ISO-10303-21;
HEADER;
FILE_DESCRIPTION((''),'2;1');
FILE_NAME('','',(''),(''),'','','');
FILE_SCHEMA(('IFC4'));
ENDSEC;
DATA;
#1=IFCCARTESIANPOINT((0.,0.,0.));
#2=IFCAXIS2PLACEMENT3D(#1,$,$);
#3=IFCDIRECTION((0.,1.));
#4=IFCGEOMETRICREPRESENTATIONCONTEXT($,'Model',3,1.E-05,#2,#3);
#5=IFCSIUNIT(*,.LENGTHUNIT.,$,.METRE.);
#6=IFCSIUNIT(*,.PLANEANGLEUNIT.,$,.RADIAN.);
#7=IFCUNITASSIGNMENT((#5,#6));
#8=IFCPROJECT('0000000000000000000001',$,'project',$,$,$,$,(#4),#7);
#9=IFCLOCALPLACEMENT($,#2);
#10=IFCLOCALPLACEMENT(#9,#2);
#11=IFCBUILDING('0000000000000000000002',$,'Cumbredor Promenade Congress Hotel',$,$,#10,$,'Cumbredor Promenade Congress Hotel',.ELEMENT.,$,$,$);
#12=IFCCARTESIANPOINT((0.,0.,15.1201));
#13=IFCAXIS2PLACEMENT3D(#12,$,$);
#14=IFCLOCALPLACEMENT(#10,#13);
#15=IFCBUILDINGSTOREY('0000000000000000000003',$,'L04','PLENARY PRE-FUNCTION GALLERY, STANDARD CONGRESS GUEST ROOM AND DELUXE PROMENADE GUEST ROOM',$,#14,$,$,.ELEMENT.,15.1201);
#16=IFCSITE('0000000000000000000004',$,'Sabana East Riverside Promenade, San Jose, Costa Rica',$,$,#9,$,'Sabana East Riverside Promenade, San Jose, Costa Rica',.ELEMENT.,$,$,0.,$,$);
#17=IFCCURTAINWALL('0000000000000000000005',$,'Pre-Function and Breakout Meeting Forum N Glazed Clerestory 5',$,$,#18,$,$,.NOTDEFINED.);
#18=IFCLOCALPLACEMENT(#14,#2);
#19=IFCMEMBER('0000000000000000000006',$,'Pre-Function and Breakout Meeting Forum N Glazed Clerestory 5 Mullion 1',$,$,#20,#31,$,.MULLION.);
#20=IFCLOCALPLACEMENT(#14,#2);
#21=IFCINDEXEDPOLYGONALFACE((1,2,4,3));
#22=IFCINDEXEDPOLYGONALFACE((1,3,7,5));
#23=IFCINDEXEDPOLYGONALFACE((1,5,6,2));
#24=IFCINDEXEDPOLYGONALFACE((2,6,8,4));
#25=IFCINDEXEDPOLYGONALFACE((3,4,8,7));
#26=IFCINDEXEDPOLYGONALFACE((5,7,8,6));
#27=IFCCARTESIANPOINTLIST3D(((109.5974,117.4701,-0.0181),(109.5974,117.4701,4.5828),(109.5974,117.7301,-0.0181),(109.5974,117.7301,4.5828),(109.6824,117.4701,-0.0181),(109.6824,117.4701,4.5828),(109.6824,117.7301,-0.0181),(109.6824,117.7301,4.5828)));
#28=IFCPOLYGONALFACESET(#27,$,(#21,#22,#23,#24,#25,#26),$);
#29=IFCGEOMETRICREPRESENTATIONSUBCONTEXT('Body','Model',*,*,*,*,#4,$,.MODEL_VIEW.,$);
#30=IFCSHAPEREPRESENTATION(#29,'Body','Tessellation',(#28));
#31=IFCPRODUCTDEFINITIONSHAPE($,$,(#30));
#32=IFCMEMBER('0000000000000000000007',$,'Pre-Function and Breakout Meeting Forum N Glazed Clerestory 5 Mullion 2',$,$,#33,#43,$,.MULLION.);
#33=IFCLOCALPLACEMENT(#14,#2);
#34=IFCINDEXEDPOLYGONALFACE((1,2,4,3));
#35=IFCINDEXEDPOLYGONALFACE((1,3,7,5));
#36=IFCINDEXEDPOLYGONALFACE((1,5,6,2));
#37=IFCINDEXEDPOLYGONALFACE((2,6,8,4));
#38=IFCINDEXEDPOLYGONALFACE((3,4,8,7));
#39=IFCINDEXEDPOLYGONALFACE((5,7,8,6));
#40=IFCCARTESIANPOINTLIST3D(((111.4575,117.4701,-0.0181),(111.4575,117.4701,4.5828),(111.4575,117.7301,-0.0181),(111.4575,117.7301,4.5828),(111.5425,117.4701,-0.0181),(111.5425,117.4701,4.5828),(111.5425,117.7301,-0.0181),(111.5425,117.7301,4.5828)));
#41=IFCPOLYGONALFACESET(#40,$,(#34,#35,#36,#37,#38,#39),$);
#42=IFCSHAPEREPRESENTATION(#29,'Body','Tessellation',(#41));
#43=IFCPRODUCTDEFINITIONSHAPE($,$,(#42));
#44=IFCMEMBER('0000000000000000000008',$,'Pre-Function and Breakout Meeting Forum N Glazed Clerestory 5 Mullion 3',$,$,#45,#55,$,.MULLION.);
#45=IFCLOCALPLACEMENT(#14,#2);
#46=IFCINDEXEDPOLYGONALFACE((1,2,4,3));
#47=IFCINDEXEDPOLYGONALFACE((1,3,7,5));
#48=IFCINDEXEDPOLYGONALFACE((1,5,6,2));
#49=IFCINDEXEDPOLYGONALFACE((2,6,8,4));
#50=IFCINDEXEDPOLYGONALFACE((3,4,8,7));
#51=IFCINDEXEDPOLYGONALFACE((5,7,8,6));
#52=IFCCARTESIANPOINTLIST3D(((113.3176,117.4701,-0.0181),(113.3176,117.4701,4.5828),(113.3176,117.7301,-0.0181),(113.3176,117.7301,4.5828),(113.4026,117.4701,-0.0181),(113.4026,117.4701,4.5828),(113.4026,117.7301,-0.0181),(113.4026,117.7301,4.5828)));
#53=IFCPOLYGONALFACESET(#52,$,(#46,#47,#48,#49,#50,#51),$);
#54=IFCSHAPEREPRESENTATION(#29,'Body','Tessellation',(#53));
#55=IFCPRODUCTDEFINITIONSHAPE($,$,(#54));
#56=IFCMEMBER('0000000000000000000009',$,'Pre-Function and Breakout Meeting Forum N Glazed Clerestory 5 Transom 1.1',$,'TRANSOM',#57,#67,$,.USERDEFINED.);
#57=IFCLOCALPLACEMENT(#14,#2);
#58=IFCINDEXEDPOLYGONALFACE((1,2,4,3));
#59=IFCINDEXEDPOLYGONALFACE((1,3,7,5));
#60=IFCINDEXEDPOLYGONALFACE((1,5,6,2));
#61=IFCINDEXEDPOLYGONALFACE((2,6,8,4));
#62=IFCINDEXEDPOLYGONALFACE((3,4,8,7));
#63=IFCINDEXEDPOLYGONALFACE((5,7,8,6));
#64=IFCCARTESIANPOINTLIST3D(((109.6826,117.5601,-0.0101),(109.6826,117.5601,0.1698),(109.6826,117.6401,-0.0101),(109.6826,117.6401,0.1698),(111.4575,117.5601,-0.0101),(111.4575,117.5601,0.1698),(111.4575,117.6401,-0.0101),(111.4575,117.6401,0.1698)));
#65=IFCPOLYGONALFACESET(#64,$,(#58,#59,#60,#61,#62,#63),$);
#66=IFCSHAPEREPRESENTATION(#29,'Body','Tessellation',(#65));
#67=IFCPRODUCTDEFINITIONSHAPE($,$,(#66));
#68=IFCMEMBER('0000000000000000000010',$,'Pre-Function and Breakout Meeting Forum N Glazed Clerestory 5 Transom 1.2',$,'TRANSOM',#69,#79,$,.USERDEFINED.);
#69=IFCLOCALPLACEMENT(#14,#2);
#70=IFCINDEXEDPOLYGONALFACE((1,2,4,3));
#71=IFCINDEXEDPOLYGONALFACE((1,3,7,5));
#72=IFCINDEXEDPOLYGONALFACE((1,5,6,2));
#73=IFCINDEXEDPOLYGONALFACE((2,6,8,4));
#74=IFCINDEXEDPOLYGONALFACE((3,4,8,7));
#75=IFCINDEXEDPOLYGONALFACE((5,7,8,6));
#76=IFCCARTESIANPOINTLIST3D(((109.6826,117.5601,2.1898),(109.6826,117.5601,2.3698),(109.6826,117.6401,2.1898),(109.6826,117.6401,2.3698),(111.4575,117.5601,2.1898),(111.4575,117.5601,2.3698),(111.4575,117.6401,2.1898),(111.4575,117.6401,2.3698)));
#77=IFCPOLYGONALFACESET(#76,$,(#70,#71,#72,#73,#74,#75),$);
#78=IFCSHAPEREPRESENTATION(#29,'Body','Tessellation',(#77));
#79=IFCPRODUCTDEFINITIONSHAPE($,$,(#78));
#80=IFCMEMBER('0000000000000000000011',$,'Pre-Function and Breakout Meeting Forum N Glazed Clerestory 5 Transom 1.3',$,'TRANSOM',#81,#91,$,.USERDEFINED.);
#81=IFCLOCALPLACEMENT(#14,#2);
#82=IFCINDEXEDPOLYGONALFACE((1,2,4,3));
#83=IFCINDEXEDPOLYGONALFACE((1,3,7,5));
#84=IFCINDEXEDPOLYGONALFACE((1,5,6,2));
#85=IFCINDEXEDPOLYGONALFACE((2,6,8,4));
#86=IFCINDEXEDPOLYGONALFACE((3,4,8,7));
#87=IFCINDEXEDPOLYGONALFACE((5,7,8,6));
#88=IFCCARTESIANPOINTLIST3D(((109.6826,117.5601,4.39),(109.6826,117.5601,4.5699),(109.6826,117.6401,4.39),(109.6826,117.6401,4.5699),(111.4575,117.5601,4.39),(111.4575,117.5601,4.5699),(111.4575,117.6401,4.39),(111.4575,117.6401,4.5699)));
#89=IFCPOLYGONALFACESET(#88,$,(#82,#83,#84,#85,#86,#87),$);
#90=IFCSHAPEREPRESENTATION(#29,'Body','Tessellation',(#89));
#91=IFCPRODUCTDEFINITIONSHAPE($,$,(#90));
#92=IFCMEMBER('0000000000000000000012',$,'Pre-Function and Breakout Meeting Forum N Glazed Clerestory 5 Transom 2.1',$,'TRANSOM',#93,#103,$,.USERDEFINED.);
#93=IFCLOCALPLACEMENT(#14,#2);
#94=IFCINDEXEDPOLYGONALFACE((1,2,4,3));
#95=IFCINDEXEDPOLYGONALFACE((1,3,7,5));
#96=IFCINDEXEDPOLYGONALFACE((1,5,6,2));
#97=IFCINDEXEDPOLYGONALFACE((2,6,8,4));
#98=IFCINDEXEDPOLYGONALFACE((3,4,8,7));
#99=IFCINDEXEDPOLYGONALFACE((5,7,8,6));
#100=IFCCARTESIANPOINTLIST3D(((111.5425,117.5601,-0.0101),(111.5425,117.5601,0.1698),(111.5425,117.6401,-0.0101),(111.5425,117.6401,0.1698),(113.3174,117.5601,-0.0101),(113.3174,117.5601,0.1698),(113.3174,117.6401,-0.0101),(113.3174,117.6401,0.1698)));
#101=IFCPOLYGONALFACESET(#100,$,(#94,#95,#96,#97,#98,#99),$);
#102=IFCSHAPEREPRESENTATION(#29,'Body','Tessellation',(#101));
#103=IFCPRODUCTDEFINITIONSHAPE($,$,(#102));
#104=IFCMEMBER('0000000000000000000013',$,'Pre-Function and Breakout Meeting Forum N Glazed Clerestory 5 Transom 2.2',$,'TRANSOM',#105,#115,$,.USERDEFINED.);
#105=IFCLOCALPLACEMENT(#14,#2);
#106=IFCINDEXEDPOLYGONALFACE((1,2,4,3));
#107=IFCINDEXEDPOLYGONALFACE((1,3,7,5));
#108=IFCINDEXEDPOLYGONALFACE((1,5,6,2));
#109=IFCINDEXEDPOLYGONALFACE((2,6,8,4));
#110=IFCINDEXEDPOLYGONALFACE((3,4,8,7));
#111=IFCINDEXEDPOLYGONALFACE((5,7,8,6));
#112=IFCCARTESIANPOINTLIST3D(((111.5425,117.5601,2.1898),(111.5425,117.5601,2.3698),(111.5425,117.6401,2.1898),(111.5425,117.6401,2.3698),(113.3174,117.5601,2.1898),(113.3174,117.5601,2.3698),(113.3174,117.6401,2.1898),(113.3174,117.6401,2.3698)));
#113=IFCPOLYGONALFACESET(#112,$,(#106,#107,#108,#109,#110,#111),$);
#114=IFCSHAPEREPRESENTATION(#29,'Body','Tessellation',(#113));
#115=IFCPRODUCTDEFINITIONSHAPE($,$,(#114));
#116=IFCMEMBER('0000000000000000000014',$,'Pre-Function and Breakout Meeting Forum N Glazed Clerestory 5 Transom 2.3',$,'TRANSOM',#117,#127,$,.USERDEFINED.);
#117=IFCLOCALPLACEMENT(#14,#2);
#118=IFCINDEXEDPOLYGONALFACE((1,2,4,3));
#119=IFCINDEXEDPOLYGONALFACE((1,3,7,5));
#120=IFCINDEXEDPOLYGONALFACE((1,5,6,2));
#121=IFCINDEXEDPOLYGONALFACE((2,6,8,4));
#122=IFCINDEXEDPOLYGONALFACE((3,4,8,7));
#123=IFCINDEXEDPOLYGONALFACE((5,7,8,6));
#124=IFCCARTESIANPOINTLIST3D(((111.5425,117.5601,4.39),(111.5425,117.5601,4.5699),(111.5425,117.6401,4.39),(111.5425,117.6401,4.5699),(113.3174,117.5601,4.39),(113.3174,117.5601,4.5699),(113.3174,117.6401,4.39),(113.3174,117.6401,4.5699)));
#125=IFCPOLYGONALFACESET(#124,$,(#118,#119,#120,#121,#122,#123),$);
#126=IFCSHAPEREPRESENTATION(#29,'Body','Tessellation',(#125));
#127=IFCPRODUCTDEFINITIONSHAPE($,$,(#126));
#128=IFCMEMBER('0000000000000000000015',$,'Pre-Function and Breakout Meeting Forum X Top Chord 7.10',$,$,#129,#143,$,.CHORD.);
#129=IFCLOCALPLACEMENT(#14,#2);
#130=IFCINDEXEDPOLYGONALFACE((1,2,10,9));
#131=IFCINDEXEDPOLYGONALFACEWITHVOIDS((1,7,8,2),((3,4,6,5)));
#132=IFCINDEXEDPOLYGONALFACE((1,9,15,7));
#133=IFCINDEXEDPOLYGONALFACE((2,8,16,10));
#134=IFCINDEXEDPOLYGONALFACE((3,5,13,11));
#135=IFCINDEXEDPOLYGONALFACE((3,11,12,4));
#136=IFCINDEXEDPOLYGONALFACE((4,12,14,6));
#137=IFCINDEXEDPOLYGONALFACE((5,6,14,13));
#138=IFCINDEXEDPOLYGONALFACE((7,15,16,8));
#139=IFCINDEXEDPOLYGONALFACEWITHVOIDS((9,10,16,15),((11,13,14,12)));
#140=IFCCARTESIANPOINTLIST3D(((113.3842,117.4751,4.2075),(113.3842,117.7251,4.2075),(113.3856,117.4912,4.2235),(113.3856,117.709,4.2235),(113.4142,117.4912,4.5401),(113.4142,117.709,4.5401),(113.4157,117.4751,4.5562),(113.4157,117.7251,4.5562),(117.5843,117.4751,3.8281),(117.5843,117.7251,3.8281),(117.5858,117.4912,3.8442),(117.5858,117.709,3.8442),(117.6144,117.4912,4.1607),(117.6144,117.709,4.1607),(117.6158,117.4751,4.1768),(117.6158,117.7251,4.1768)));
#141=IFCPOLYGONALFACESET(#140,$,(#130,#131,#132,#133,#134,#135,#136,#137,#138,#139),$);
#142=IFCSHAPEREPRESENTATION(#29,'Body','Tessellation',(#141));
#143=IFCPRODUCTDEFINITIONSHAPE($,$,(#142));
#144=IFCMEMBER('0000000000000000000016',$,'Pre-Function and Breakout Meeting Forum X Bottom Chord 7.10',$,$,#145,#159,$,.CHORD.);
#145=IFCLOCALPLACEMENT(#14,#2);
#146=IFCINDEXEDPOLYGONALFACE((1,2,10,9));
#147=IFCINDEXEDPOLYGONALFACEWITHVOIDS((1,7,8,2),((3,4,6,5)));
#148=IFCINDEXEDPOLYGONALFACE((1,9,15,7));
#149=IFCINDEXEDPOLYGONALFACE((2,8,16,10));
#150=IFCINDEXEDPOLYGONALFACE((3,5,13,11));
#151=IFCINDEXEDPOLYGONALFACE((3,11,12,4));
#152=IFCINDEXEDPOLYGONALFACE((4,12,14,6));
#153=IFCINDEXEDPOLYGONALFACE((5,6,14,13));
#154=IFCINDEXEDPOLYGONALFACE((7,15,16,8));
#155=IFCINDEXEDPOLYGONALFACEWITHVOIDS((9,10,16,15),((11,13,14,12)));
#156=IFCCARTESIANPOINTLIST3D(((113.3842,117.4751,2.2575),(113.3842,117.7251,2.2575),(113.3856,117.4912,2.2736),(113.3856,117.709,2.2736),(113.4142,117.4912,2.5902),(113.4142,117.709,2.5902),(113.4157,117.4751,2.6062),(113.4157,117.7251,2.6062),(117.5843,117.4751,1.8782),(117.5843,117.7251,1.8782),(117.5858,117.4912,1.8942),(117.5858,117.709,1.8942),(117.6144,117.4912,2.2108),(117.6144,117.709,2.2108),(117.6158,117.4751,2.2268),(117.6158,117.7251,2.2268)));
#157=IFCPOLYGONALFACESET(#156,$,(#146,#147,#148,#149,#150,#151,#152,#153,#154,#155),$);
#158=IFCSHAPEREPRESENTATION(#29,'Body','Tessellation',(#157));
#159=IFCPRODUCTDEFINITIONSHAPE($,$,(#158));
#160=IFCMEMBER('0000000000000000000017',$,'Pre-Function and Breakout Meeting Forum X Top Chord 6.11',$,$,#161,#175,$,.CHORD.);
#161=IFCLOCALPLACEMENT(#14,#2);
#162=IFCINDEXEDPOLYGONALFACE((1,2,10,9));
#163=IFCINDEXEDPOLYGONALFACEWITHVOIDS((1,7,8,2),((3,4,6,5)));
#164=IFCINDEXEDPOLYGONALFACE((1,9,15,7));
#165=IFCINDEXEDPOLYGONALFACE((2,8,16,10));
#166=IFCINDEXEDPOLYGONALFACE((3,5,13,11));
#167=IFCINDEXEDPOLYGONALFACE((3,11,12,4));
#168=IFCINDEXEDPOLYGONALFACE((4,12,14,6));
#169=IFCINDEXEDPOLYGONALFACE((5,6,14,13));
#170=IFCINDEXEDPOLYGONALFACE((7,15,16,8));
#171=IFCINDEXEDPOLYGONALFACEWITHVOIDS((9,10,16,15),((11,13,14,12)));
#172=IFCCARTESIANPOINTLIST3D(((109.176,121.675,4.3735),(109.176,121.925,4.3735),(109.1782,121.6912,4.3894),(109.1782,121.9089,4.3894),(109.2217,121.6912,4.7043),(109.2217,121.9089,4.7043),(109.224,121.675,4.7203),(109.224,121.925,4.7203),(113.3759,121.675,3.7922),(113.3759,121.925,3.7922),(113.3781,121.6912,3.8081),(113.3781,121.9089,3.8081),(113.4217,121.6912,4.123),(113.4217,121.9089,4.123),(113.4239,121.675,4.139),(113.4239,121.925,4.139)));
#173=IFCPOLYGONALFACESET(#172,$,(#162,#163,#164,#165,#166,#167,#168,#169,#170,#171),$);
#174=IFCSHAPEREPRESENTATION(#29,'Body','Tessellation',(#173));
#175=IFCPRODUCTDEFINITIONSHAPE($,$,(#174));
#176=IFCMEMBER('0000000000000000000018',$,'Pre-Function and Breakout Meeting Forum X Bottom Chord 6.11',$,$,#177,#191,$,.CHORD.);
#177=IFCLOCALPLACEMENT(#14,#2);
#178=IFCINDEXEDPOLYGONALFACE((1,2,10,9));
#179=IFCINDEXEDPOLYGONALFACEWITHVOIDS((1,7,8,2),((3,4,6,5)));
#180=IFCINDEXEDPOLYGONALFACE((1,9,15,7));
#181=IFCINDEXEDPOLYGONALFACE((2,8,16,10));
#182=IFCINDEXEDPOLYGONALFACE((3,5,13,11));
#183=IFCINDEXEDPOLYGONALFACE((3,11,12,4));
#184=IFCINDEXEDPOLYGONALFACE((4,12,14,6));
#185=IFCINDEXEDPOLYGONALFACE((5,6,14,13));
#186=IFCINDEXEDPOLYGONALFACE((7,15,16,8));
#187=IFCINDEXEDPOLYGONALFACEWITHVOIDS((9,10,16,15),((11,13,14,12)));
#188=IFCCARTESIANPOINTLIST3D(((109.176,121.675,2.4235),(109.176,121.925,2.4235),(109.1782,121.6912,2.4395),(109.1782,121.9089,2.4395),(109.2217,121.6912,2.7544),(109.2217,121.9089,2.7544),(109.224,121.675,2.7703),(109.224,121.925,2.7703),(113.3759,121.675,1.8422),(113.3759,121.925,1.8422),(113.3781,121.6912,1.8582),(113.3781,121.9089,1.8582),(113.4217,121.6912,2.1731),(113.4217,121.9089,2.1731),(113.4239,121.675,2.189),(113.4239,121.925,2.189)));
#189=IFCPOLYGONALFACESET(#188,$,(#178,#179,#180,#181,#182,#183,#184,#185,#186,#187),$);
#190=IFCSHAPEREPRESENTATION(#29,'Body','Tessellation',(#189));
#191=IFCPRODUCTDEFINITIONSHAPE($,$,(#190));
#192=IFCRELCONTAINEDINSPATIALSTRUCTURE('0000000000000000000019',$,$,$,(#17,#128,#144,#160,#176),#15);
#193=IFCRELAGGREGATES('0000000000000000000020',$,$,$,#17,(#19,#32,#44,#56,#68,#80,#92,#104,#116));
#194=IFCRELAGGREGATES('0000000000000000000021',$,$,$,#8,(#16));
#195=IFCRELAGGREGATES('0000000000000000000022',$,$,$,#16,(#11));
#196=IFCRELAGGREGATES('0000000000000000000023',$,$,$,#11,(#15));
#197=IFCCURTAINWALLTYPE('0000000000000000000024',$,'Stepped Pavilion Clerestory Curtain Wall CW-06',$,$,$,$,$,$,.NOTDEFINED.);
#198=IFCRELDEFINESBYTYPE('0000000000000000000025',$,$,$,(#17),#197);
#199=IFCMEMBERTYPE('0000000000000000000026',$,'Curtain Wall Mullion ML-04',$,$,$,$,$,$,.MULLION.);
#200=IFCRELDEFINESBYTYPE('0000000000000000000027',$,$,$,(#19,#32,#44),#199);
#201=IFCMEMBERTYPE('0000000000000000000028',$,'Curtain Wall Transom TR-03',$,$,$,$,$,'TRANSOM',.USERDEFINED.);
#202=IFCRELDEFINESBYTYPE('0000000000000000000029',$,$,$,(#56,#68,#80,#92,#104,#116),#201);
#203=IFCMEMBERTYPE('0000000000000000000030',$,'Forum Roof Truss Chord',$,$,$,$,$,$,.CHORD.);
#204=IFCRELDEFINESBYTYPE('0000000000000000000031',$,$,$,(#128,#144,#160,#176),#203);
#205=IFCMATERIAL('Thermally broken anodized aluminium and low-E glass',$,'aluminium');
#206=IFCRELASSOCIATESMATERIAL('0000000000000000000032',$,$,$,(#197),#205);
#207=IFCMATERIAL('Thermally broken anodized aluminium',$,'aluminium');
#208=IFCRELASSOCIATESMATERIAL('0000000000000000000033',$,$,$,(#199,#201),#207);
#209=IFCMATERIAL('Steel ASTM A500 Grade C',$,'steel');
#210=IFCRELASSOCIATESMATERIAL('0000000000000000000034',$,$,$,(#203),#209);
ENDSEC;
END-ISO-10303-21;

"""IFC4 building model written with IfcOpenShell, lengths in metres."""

from ifc_helpers import new_model, si_unit, direction, frame, origin, origin_2d, place, context, subcontext, project, spatial, rectangle, hollow_rectangle, extrude, material, material_profile, profile_set, type_object, element, aggregate, save


model = new_model("IFC4")

# Units and contexts
model_context = context("Model", 3, precision=1e-05, world=origin(), true_north=direction((0.0, 1.0)))
body_context = subcontext(model_context, "Body", "Model", "MODEL_VIEW")
ifc_project = project(units=[si_unit("LENGTHUNIT", "METRE"), si_unit("PLANEANGLEUNIT", "RADIAN")], contexts=[model_context])

# Site, building, storey
site_placement = place(None, origin())
site = spatial("IfcSite", under=ifc_project, at=site_placement, Name="Sabana East Riverside Promenade, San Jose, Costa Rica", LongName="Sabana East Riverside Promenade, San Jose, Costa Rica", CompositionType="ELEMENT", RefElevation=0.0)
building_placement = place(site_placement, origin())
building = spatial("IfcBuilding", under=site, at=building_placement, Name="Cumbredor Promenade Congress Hotel", LongName="Cumbredor Promenade Congress Hotel", CompositionType="ELEMENT")
storey_placement = place(building_placement, frame((0.0, 0.0, 15.1201)))
storey = spatial("IfcBuildingStorey", under=building, at=storey_placement, Name="L04", Description="PLENARY PRE-FUNCTION GALLERY, STANDARD CONGRESS GUEST ROOM AND DELUXE PROMENADE GUEST ROOM", CompositionType="ELEMENT", Elevation=15.1201)

# Curtain wall, members
ifc_material_1 = material(Name="Thermally broken anodized aluminium and low-E glass", Category="aluminium")
curtain_wall_type = type_object("IfcCurtainWallType", Name="Stepped Pavilion Clerestory Curtain Wall CW-06", PredefinedType="NOTDEFINED", material=ifc_material_1)
curtain_wall_placement = place(storey_placement, origin())
curtain_wall = element("IfcCurtainWall", 1, at=curtain_wall_placement, inside=storey, type_object=curtain_wall_type, Name="Pre-Function and Breakout Meeting Forum N Glazed Clerestory 5", PredefinedType="NOTDEFINED")
ifc_material_2 = material(Name="Thermally broken anodized aluminium", Category="aluminium")
ifc_material_profile_1 = material_profile(ifc_material_2, rectangle(XDim=0.085, YDim=0.26, at=origin_2d()), Name="ALU MULLION CLERESTORY 85x260")
ifc_profile_set_1 = profile_set([ifc_material_profile_1], Name="Thermally broken anodized aluminium")
member_type_1 = type_object("IfcMemberType", Name="Curtain Wall Mullion ML-04", PredefinedType="MULLION", material=ifc_profile_set_1)
member_1_placement = place(storey_placement, frame((109.6399, 117.6001, -0.0181), z_axis=(0.0, 0.0, 1.0), x_axis=(1.0, 0.0, 0.0)))
member_1 = element("IfcMember", 2, at=member_1_placement, type_object=member_type_1, Name="Pre-Function and Breakout Meeting Forum N Glazed Clerestory 5 Mullion 1", PredefinedType="MULLION", context=body_context, shape_type="SweptSolid", body=[
    extrude(rectangle(XDim=0.085, YDim=0.26, at=origin_2d()), origin(), (0.0, 0.0, 1.0), 4.6008),
])
member_2_placement = place(storey_placement, frame((111.5, 117.6001, -0.0181), z_axis=(0.0, 0.0, 1.0), x_axis=(1.0, 0.0, 0.0)))
member_2 = element("IfcMember", 3, at=member_2_placement, type_object=member_type_1, Name="Pre-Function and Breakout Meeting Forum N Glazed Clerestory 5 Mullion 2", PredefinedType="MULLION", context=body_context, shape_type="SweptSolid", body=[
    extrude(rectangle(XDim=0.085, YDim=0.26, at=origin_2d()), origin(), (0.0, 0.0, 1.0), 4.6008),
])
member_3_placement = place(storey_placement, frame((113.3601, 117.6001, -0.0181), z_axis=(0.0, 0.0, 1.0), x_axis=(1.0, 0.0, 0.0)))
member_3 = element("IfcMember", 4, at=member_3_placement, type_object=member_type_1, Name="Pre-Function and Breakout Meeting Forum N Glazed Clerestory 5 Mullion 3", PredefinedType="MULLION", context=body_context, shape_type="SweptSolid", body=[
    extrude(rectangle(XDim=0.085, YDim=0.26, at=origin_2d()), origin(), (0.0, 0.0, 1.0), 4.6008),
])
ifc_material_profile_2 = material_profile(ifc_material_2, rectangle(XDim=0.0801, YDim=0.1799, at=origin_2d()), Name="ALU TRANSOM 80x180")
ifc_profile_set_2 = profile_set([ifc_material_profile_2], Name="Thermally broken anodized aluminium")
member_type_2 = type_object("IfcMemberType", Name="Curtain Wall Transom TR-03", ElementType="TRANSOM", PredefinedType="USERDEFINED", material=ifc_profile_set_2)
member_4_placement = place(storey_placement, frame((109.6826, 117.6001, 0.0798), z_axis=(1.0, 0.0, 0.0), x_axis=(0.0, 1.0, 0.0)))
member_4 = element("IfcMember", 5, at=member_4_placement, type_object=member_type_2, Name="Pre-Function and Breakout Meeting Forum N Glazed Clerestory 5 Transom 1.1", ObjectType="TRANSOM", PredefinedType="USERDEFINED", context=body_context, shape_type="SweptSolid", body=[
    extrude(rectangle(XDim=0.0801, YDim=0.1799, at=origin_2d()), origin(), (0.0, 0.0, 1.0), 1.7749),
])
member_5_placement = place(storey_placement, frame((109.6826, 117.6001, 2.2798), z_axis=(1.0, 0.0, 0.0), x_axis=(0.0, 1.0, 0.0)))
member_5 = element("IfcMember", 6, at=member_5_placement, type_object=member_type_2, Name="Pre-Function and Breakout Meeting Forum N Glazed Clerestory 5 Transom 1.2", ObjectType="TRANSOM", PredefinedType="USERDEFINED", context=body_context, shape_type="SweptSolid", body=[
    extrude(rectangle(XDim=0.0801, YDim=0.1799, at=origin_2d()), origin(), (0.0, 0.0, 1.0), 1.7749),
])
member_6_placement = place(storey_placement, frame((109.6826, 117.6001, 4.48), z_axis=(1.0, 0.0, 0.0), x_axis=(0.0, 1.0, 0.0)))
member_6 = element("IfcMember", 7, at=member_6_placement, type_object=member_type_2, Name="Pre-Function and Breakout Meeting Forum N Glazed Clerestory 5 Transom 1.3", ObjectType="TRANSOM", PredefinedType="USERDEFINED", context=body_context, shape_type="SweptSolid", body=[
    extrude(rectangle(XDim=0.0801, YDim=0.1799, at=origin_2d()), origin(), (0.0, 0.0, 1.0), 1.7749),
])
member_7_placement = place(storey_placement, frame((111.5425, 117.6001, 0.0798), z_axis=(1.0, 0.0, 0.0), x_axis=(0.0, 1.0, 0.0)))
member_7 = element("IfcMember", 8, at=member_7_placement, type_object=member_type_2, Name="Pre-Function and Breakout Meeting Forum N Glazed Clerestory 5 Transom 2.1", ObjectType="TRANSOM", PredefinedType="USERDEFINED", context=body_context, shape_type="SweptSolid", body=[
    extrude(rectangle(XDim=0.0801, YDim=0.1799, at=origin_2d()), origin(), (0.0, 0.0, 1.0), 1.7749),
])
member_8_placement = place(storey_placement, frame((111.5425, 117.6001, 2.2798), z_axis=(1.0, 0.0, 0.0), x_axis=(0.0, 1.0, 0.0)))
member_8 = element("IfcMember", 9, at=member_8_placement, type_object=member_type_2, Name="Pre-Function and Breakout Meeting Forum N Glazed Clerestory 5 Transom 2.2", ObjectType="TRANSOM", PredefinedType="USERDEFINED", context=body_context, shape_type="SweptSolid", body=[
    extrude(rectangle(XDim=0.0801, YDim=0.1799, at=origin_2d()), origin(), (0.0, 0.0, 1.0), 1.7749),
])
member_9_placement = place(storey_placement, frame((111.5425, 117.6001, 4.48), z_axis=(1.0, 0.0, 0.0), x_axis=(0.0, 1.0, 0.0)))
member_9 = element("IfcMember", 10, at=member_9_placement, type_object=member_type_2, Name="Pre-Function and Breakout Meeting Forum N Glazed Clerestory 5 Transom 2.3", ObjectType="TRANSOM", PredefinedType="USERDEFINED", context=body_context, shape_type="SweptSolid", body=[
    extrude(rectangle(XDim=0.0801, YDim=0.1799, at=origin_2d()), origin(), (0.0, 0.0, 1.0), 1.7749),
])

# Members
ifc_material_3 = material(Name="Steel ASTM A500 Grade C", Category="steel")
ifc_material_profile_3 = material_profile(ifc_material_3, hollow_rectangle(XDim=0.25, YDim=0.3501, WallThickness=0.0161, at=origin_2d()), Name="HSS 350x250x16")
ifc_profile_set_3 = profile_set([ifc_material_profile_3], Name="Steel ASTM A500 Grade C")
member_type_3 = type_object("IfcMemberType", Name="Forum Roof Truss Chord", PredefinedType="CHORD", material=ifc_profile_set_3)
for number, where, z_axis, x_axis, name in (
    (11, (113.3999, 117.6001, 4.3818), (0.995945, 0.0, -0.089962), (0.0, 1.0, 0.0), "Pre-Function and Breakout Meeting Forum X Top Chord 7.10"),
    (12, (113.3999, 117.6001, 2.4319), (0.995945, 0.0, -0.089962), (0.0, 1.0, 0.0), "Pre-Function and Breakout Meeting Forum X Bottom Chord 7.10"),
):
    element("IfcMember", number, at=place(storey_placement, frame(where, z_axis=z_axis, x_axis=x_axis)), inside=storey, type_object=member_type_3, Name=name, PredefinedType="CHORD", context=body_context, shape_type="SweptSolid", body=[
        extrude(hollow_rectangle(XDim=0.25, YDim=0.3501, WallThickness=0.0161, at=origin_2d()), origin(), (0.0, 0.0, 1.0), 4.2173),
    ])
for number, where, z_axis, x_axis, name in (
    (13, (109.2, 121.8, 4.5469), (0.990557, 0.0, -0.137099), (0.0, 1.0, 0.0), "Pre-Function and Breakout Meeting Forum X Top Chord 6.11"),
    (14, (109.2, 121.8, 2.5969), (0.990557, 0.0, -0.137099), (0.0, 1.0, 0.0), "Pre-Function and Breakout Meeting Forum X Bottom Chord 6.11"),
):
    element("IfcMember", number, at=place(storey_placement, frame(where, z_axis=z_axis, x_axis=x_axis)), inside=storey, type_object=member_type_3, Name=name, PredefinedType="CHORD", context=body_context, shape_type="SweptSolid", body=[
        extrude(hollow_rectangle(XDim=0.25, YDim=0.3501, WallThickness=0.0161, at=origin_2d()), origin(), (0.0, 0.0, 1.0), 4.24),
    ])

aggregate(curtain_wall, [member_1, member_2, member_3, member_4, member_5, member_6, member_7, member_8, member_9])

save(model, "model.ifc")
